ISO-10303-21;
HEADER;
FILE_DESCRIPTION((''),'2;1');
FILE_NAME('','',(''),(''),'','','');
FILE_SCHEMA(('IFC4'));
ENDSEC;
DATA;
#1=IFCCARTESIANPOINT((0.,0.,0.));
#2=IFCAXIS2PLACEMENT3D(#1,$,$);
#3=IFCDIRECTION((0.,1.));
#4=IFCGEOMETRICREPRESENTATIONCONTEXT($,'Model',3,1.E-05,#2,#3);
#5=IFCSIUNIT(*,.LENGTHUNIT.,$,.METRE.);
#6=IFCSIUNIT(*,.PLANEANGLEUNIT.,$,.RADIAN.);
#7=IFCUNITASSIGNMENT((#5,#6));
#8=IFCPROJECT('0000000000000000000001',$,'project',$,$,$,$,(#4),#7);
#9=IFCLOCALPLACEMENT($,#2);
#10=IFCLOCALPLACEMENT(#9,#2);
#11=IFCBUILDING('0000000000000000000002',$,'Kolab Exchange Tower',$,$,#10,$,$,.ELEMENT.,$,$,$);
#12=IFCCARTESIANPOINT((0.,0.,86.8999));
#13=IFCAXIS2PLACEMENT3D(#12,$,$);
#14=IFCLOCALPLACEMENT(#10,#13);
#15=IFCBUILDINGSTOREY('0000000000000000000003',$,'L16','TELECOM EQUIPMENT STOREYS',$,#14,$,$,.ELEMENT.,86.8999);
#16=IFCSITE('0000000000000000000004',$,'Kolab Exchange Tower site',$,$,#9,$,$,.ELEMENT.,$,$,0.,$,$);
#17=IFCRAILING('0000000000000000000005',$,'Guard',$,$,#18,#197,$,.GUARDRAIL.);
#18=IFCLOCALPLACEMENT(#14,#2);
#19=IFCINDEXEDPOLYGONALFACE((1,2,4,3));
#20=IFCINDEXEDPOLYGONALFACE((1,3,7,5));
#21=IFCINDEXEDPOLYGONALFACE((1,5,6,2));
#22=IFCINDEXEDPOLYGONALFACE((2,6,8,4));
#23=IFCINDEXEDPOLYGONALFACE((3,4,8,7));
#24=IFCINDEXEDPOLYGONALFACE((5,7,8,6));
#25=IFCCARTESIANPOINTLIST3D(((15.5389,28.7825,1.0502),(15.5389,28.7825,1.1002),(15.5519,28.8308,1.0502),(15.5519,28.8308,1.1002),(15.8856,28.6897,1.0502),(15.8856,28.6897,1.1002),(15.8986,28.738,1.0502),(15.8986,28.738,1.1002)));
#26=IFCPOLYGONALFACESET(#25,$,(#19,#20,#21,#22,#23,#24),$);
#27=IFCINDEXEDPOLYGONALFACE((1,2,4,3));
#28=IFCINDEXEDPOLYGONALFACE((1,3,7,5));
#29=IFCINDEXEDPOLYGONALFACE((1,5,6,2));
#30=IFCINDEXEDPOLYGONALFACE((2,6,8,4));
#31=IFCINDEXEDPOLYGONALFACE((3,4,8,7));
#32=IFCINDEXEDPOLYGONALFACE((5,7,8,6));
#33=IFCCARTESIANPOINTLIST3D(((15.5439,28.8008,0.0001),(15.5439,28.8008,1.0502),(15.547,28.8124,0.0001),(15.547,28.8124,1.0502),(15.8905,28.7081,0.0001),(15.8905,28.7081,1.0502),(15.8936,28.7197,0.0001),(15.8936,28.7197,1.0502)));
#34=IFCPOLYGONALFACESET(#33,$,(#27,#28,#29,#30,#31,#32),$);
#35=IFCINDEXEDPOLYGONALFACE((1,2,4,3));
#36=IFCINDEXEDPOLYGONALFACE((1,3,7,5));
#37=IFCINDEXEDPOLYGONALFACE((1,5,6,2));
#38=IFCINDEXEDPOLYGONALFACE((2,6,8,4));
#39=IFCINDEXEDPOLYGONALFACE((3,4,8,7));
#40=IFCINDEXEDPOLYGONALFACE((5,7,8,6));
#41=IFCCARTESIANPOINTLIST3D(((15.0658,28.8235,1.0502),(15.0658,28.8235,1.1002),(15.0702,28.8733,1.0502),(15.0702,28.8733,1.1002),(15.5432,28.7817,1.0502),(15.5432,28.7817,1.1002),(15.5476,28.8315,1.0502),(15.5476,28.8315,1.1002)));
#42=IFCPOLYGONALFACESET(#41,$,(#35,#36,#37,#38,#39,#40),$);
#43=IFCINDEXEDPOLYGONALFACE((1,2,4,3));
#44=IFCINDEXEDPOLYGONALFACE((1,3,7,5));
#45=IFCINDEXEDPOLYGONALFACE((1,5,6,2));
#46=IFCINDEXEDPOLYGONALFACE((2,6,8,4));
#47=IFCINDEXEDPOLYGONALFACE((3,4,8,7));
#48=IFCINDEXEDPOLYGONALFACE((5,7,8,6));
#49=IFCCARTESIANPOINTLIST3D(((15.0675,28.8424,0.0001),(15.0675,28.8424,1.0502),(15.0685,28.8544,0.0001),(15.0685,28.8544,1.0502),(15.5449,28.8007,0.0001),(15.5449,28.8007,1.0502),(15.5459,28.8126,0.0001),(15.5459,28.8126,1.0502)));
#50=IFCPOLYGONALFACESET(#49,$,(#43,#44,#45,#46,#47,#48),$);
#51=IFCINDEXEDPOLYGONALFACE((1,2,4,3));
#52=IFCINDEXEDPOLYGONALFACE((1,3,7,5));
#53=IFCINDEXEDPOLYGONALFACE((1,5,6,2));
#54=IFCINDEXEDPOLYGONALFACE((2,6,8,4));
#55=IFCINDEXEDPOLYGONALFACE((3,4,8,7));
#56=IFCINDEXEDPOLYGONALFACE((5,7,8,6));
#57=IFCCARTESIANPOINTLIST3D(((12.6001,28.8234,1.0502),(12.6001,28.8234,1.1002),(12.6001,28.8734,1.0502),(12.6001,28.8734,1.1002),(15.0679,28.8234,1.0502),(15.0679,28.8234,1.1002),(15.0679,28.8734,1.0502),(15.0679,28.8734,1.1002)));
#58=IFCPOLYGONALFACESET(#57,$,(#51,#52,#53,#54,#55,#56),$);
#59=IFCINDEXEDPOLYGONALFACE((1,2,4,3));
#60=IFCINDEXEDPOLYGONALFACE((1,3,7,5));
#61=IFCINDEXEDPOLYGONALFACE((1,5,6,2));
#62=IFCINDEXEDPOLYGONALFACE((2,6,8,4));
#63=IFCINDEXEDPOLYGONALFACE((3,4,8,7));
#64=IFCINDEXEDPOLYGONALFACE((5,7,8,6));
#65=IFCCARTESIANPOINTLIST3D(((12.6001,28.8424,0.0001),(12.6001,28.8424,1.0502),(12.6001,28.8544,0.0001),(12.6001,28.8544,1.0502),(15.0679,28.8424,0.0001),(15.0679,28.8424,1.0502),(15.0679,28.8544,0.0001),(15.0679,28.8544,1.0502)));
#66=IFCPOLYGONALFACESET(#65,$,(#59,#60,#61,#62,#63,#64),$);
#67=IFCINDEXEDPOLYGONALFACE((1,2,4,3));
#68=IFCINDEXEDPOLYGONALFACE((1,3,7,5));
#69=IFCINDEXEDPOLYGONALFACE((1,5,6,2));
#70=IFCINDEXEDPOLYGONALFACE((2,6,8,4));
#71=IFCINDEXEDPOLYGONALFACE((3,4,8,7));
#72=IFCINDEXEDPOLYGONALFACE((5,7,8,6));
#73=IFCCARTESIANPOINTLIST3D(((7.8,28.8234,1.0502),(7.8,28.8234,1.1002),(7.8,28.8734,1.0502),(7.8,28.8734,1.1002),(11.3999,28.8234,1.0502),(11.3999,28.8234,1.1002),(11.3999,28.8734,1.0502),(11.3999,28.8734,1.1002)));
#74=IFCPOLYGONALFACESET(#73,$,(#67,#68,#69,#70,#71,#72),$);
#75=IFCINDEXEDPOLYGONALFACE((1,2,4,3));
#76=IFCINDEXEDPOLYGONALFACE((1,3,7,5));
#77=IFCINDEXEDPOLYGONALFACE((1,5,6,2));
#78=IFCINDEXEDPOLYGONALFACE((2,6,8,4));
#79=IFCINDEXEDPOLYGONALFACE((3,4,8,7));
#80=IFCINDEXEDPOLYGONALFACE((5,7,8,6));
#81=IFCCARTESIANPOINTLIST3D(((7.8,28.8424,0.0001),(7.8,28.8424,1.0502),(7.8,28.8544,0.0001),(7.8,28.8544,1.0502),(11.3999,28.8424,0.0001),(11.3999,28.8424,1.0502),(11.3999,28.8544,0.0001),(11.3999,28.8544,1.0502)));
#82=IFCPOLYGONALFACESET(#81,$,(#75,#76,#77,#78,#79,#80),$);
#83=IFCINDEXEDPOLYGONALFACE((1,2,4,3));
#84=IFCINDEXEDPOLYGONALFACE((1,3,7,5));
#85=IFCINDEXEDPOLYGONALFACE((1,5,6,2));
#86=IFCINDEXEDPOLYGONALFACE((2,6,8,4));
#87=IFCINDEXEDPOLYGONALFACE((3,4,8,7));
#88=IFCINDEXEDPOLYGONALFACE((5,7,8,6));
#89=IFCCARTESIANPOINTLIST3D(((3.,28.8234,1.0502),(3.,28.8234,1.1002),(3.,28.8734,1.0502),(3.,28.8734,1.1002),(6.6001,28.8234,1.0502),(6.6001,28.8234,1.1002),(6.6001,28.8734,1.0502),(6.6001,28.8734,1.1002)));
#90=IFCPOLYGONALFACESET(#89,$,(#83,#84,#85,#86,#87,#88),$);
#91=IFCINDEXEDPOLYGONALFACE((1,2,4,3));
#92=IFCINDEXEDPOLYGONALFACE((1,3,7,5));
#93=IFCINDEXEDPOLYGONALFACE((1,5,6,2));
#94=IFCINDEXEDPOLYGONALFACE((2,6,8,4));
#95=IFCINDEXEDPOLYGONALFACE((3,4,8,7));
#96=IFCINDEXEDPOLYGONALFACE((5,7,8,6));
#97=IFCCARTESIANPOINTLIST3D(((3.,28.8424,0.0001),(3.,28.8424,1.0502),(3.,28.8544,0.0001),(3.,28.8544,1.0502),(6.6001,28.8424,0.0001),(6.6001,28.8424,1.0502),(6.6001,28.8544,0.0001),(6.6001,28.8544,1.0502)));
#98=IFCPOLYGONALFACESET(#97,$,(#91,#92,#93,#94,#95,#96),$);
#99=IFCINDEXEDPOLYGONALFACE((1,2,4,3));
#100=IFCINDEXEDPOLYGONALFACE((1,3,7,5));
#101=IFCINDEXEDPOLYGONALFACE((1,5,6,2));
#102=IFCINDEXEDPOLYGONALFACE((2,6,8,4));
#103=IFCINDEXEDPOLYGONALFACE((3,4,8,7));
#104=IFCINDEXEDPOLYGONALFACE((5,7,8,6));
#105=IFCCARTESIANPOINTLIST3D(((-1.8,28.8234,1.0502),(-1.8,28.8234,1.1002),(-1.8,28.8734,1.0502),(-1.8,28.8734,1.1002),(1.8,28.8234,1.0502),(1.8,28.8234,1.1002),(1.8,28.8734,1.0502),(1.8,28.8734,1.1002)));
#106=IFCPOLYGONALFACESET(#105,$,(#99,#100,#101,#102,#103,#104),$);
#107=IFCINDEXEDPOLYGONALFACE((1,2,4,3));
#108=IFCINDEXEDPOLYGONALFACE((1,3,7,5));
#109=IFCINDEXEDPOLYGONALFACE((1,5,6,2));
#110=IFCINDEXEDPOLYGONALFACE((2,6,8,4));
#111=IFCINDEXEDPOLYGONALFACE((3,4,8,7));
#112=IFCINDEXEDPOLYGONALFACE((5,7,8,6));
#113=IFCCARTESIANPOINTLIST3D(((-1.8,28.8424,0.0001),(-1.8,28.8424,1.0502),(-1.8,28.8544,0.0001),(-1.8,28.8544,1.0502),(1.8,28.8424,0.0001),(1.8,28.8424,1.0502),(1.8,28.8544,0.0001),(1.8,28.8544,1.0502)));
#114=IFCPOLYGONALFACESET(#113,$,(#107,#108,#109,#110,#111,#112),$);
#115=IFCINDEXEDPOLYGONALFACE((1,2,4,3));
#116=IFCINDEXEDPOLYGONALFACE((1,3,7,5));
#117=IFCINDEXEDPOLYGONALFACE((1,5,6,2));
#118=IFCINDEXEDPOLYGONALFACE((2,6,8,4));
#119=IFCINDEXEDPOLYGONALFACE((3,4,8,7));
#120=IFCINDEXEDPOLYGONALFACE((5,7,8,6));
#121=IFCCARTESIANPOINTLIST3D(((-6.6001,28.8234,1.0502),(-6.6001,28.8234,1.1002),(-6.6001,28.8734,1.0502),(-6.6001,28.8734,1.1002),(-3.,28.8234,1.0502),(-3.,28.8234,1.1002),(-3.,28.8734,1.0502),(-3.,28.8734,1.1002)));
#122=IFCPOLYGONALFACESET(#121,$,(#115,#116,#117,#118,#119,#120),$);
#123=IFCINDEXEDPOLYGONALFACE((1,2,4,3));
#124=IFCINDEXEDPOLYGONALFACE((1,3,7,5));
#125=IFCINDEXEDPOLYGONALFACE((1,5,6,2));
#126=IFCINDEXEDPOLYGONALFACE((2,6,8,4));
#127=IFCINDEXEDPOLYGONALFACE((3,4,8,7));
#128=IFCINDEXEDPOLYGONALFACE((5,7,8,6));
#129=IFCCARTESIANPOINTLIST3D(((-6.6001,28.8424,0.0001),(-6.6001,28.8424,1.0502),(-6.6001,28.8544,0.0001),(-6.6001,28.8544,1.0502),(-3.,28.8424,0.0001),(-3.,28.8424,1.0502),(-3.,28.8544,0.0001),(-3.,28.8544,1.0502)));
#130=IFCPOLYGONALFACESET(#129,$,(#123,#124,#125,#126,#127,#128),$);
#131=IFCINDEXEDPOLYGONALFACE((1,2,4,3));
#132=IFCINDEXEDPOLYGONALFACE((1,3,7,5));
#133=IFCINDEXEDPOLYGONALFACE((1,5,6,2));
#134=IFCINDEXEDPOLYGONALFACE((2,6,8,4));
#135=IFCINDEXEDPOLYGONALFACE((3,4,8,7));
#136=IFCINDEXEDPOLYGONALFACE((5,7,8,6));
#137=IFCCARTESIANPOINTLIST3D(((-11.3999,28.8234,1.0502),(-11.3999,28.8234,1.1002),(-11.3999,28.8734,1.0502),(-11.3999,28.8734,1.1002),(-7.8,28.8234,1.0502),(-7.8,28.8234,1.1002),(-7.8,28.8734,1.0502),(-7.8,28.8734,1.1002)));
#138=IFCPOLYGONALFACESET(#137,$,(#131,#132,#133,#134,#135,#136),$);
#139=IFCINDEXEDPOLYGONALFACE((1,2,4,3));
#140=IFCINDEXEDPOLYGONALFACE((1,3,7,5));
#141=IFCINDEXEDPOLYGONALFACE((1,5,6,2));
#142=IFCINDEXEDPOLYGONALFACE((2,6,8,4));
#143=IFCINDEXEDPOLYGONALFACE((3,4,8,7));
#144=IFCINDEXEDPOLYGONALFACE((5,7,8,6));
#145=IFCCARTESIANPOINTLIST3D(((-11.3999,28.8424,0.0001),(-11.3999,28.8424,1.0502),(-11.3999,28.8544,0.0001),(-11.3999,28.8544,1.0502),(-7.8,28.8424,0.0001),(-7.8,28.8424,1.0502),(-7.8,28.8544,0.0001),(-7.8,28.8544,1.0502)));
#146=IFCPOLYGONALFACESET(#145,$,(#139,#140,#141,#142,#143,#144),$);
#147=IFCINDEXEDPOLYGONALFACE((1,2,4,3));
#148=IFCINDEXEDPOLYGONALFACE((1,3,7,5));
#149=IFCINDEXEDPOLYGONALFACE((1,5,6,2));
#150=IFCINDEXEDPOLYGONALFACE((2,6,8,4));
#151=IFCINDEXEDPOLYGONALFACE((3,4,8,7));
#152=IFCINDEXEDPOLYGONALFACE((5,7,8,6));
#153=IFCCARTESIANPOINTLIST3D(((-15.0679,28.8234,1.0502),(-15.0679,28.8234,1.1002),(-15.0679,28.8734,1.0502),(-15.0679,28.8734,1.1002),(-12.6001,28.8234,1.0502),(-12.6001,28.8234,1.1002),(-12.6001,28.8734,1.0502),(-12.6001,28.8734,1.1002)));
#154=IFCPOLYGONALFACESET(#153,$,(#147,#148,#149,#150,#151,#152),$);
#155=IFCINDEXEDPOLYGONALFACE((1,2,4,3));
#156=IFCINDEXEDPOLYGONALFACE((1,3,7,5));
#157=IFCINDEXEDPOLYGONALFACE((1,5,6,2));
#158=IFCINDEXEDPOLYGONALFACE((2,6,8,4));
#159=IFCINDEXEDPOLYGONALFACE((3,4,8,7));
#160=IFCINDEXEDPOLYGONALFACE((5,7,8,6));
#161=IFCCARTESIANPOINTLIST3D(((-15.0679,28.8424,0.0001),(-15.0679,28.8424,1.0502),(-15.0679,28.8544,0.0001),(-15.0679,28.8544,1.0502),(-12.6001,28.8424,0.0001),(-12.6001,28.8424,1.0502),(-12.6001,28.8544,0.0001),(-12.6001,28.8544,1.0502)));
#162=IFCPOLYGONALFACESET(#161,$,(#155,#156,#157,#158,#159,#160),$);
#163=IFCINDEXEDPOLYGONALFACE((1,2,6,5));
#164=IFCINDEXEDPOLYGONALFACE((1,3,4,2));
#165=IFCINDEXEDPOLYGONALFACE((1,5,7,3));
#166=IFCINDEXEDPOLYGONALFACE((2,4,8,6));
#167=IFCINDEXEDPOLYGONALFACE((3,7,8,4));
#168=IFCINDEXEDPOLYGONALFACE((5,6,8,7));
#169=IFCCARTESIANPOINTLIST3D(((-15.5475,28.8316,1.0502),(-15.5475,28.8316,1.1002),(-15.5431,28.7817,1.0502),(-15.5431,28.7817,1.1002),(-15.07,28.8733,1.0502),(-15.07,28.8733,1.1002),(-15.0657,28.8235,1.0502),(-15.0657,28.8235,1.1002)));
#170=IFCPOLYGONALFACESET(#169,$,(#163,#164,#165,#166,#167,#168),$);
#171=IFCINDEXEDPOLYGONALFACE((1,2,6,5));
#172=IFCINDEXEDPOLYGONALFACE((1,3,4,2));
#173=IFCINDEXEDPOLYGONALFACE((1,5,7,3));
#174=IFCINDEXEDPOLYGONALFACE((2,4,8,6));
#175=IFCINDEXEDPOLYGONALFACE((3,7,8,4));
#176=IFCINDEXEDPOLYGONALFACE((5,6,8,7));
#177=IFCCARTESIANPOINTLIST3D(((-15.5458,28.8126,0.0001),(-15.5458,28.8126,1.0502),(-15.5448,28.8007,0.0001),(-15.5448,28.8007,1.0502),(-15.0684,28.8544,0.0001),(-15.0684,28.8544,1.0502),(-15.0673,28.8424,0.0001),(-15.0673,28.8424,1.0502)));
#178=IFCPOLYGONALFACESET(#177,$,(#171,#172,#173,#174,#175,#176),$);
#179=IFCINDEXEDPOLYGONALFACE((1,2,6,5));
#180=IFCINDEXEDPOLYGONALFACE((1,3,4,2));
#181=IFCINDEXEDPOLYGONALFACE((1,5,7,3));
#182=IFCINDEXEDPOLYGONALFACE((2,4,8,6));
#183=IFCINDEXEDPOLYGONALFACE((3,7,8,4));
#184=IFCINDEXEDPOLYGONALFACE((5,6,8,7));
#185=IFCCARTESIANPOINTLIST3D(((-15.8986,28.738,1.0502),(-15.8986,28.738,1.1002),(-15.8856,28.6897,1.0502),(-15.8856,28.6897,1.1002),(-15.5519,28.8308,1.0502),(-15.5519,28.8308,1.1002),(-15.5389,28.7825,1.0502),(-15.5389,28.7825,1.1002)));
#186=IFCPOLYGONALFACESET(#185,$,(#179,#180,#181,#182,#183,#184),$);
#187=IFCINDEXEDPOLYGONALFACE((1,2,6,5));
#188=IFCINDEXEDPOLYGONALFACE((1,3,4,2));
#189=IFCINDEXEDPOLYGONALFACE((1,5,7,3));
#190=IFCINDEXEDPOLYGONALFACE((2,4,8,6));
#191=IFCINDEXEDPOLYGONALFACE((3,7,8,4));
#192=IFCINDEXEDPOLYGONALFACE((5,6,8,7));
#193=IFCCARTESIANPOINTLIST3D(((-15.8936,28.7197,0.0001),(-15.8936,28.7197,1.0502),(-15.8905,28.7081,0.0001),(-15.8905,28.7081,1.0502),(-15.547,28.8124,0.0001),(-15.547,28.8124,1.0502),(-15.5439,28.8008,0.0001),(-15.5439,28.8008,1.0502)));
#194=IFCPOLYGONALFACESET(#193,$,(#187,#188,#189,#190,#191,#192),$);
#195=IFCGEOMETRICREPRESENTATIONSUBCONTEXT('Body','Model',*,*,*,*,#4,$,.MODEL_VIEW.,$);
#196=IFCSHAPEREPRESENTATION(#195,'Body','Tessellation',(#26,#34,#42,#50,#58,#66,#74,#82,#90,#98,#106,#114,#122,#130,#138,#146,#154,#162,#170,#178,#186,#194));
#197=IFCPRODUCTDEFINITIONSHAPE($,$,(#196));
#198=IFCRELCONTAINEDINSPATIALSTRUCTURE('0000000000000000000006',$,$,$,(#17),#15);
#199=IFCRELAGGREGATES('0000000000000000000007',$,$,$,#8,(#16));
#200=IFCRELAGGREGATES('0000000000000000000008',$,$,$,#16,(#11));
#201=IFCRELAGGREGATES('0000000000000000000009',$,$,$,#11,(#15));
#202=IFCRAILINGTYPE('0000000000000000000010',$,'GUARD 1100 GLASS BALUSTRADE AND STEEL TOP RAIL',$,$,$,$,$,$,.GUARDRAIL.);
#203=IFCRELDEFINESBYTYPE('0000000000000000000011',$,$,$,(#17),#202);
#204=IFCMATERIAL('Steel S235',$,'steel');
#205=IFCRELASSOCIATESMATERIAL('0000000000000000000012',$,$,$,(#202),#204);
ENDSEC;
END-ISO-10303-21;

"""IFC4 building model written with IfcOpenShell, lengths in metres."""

from ifc_helpers import new_model, si_unit, direction, frame, frame_2d, origin, origin_2d, place, context, subcontext, project, spatial, rectangle, extrude, material, type_object, element, save


model = new_model("IFC4")

# Units and contexts
model_context = context("Model", 3, precision=1e-05, world=origin(), true_north=direction((0.0, 1.0)))
body_context = subcontext(model_context, "Body", "Model", "MODEL_VIEW")
ifc_project = project(units=[si_unit("LENGTHUNIT", "METRE"), si_unit("PLANEANGLEUNIT", "RADIAN")], contexts=[model_context])

# Site, building, storey
site_placement = place(None, origin())
site = spatial("IfcSite", under=ifc_project, at=site_placement, Name="Kolab Exchange Tower site", CompositionType="ELEMENT", RefElevation=0.0)
building_placement = place(site_placement, origin())
building = spatial("IfcBuilding", under=site, at=building_placement, Name="Kolab Exchange Tower", CompositionType="ELEMENT")
storey_placement = place(building_placement, frame((0.0, 0.0, 86.8999)))
storey = spatial("IfcBuildingStorey", under=building, at=storey_placement, Name="L16", Description="TELECOM EQUIPMENT STOREYS", CompositionType="ELEMENT", Elevation=86.8999)

# Railing
ifc_material_1 = material(Name="Steel S235", Category="steel")
railing_type = type_object("IfcRailingType", Name="GUARD 1100 GLASS BALUSTRADE AND STEEL TOP RAIL", PredefinedType="GUARDRAIL", material=ifc_material_1)
railing_placement = place(storey_placement, frame((15.8921, 28.7139, 0.0)))
element("IfcRailing", 1, at=railing_placement, inside=storey, type_object=railing_type, Name="Guard", PredefinedType="GUARDRAIL", context=body_context, shape_type="SweptSolid", body=[
    extrude(rectangle(XDim=0.05, YDim=0.05, at=origin_2d()), frame((0.0, 0.0, 1.0752), z_axis=(-0.966009, 0.258509, 0.0), x_axis=(-0.258509, -0.966009, 0.0)), (0.0, 0.0, 1.0), 0.3589),
    extrude(rectangle(XDim=0.012, YDim=1.0501, at=frame_2d((0.0, 0.5251))), frame((0.0, 0.0, 0.0), z_axis=(-0.966009, 0.258509, 0.0), x_axis=(-0.258509, -0.966009, 0.0)), (0.0, 0.0, 1.0), 0.3589),
    extrude(rectangle(XDim=0.05, YDim=0.05, at=origin_2d()), frame((-0.3467, 0.0928, 1.0752), z_axis=(-0.9962, 0.087091, 0.0), x_axis=(-0.087091, -0.9962, 0.0)), (0.0, 0.0, 1.0), 0.4792),
    extrude(rectangle(XDim=0.012, YDim=1.0501, at=frame_2d((0.0, 0.5251))), frame((-0.3467, 0.0928, 0.0), z_axis=(-0.9962, 0.087091, 0.0), x_axis=(-0.087091, -0.9962, 0.0)), (0.0, 0.0, 1.0), 0.4792),
    extrude(rectangle(XDim=0.05, YDim=0.05, at=origin_2d()), frame((-0.8242, 0.1345, 1.0752), z_axis=(-1.0, 0.0, 0.0), x_axis=(0.0, -1.0, 0.0)), (0.0, 0.0, 1.0), 2.4678),
    extrude(rectangle(XDim=0.012, YDim=1.0501, at=frame_2d((0.0, 0.5251))), frame((-0.8242, 0.1345, 0.0), z_axis=(-1.0, 0.0, 0.0), x_axis=(0.0, -1.0, 0.0)), (0.0, 0.0, 1.0), 2.4678),
    extrude(rectangle(XDim=0.05, YDim=0.05, at=origin_2d()), frame((-4.4922, 0.1345, 1.0752), z_axis=(-1.0, 0.0, 0.0), x_axis=(0.0, -1.0, 0.0)), (0.0, 0.0, 1.0), 3.5999),
    extrude(rectangle(XDim=0.012, YDim=1.0501, at=frame_2d((0.0, 0.5251))), frame((-4.4922, 0.1345, 0.0), z_axis=(-1.0, 0.0, 0.0), x_axis=(0.0, -1.0, 0.0)), (0.0, 0.0, 1.0), 3.5999),
    extrude(rectangle(XDim=0.05, YDim=0.05, at=origin_2d()), frame((-9.292, 0.1345, 1.0752), z_axis=(-1.0, 0.0, 0.0), x_axis=(0.0, -1.0, 0.0)), (0.0, 0.0, 1.0), 3.6001),
    extrude(rectangle(XDim=0.012, YDim=1.0501, at=frame_2d((0.0, 0.5251))), frame((-9.292, 0.1345, 0.0), z_axis=(-1.0, 0.0, 0.0), x_axis=(0.0, -1.0, 0.0)), (0.0, 0.0, 1.0), 3.6001),
    extrude(rectangle(XDim=0.05, YDim=0.05, at=origin_2d()), frame((-14.092, 0.1345, 1.0752), z_axis=(-1.0, 0.0, 0.0), x_axis=(0.0, -1.0, 0.0)), (0.0, 0.0, 1.0), 3.6001),
    extrude(rectangle(XDim=0.012, YDim=1.0501, at=frame_2d((0.0, 0.5251))), frame((-14.092, 0.1345, 0.0), z_axis=(-1.0, 0.0, 0.0), x_axis=(0.0, -1.0, 0.0)), (0.0, 0.0, 1.0), 3.6001),
    extrude(rectangle(XDim=0.05, YDim=0.05, at=origin_2d()), frame((-18.8921, 0.1345, 1.0752), z_axis=(-1.0, 0.0, 0.0), x_axis=(0.0, -1.0, 0.0)), (0.0, 0.0, 1.0), 3.6001),
    extrude(rectangle(XDim=0.012, YDim=1.0501, at=frame_2d((0.0, 0.5251))), frame((-18.8921, 0.1345, 0.0), z_axis=(-1.0, 0.0, 0.0), x_axis=(0.0, -1.0, 0.0)), (0.0, 0.0, 1.0), 3.6001),
    extrude(rectangle(XDim=0.05, YDim=0.05, at=origin_2d()), frame((-23.6921, 0.1345, 1.0752), z_axis=(-1.0, 0.0, 0.0), x_axis=(0.0, -1.0, 0.0)), (0.0, 0.0, 1.0), 3.5999),
    extrude(rectangle(XDim=0.012, YDim=1.0501, at=frame_2d((0.0, 0.5251))), frame((-23.6921, 0.1345, 0.0), z_axis=(-1.0, 0.0, 0.0), x_axis=(0.0, -1.0, 0.0)), (0.0, 0.0, 1.0), 3.5999),
    extrude(rectangle(XDim=0.05, YDim=0.05, at=origin_2d()), frame((-28.4922, 0.1345, 1.0752), z_axis=(-1.0, 0.0, 0.0), x_axis=(0.0, -1.0, 0.0)), (0.0, 0.0, 1.0), 2.4678),
    extrude(rectangle(XDim=0.012, YDim=1.0501, at=frame_2d((0.0, 0.5251))), frame((-28.4922, 0.1345, 0.0), z_axis=(-1.0, 0.0, 0.0), x_axis=(0.0, -1.0, 0.0)), (0.0, 0.0, 1.0), 2.4678),
    extrude(rectangle(XDim=0.05, YDim=0.05, at=origin_2d()), frame((-30.96, 0.1345, 1.0752), z_axis=(-0.9962, -0.087091, 0.0), x_axis=(0.087091, -0.9962, 0.0)), (0.0, 0.0, 1.0), 0.4792),
    extrude(rectangle(XDim=0.012, YDim=1.0501, at=frame_2d((0.0, 0.5251))), frame((-30.96, 0.1345, 0.0), z_axis=(-0.9962, -0.087091, 0.0), x_axis=(0.087091, -0.9962, 0.0)), (0.0, 0.0, 1.0), 0.4792),
    extrude(rectangle(XDim=0.05, YDim=0.05, at=origin_2d()), frame((-31.4375, 0.0928, 1.0752), z_axis=(-0.966009, -0.258509, 0.0), x_axis=(0.258509, -0.966009, 0.0)), (0.0, 0.0, 1.0), 0.3589),
    extrude(rectangle(XDim=0.012, YDim=1.0501, at=frame_2d((0.0, 0.5251))), frame((-31.4375, 0.0928, 0.0), z_axis=(-0.966009, -0.258509, 0.0), x_axis=(0.258509, -0.966009, 0.0)), (0.0, 0.0, 1.0), 0.3589),
])

save(model, "model.ifc")
